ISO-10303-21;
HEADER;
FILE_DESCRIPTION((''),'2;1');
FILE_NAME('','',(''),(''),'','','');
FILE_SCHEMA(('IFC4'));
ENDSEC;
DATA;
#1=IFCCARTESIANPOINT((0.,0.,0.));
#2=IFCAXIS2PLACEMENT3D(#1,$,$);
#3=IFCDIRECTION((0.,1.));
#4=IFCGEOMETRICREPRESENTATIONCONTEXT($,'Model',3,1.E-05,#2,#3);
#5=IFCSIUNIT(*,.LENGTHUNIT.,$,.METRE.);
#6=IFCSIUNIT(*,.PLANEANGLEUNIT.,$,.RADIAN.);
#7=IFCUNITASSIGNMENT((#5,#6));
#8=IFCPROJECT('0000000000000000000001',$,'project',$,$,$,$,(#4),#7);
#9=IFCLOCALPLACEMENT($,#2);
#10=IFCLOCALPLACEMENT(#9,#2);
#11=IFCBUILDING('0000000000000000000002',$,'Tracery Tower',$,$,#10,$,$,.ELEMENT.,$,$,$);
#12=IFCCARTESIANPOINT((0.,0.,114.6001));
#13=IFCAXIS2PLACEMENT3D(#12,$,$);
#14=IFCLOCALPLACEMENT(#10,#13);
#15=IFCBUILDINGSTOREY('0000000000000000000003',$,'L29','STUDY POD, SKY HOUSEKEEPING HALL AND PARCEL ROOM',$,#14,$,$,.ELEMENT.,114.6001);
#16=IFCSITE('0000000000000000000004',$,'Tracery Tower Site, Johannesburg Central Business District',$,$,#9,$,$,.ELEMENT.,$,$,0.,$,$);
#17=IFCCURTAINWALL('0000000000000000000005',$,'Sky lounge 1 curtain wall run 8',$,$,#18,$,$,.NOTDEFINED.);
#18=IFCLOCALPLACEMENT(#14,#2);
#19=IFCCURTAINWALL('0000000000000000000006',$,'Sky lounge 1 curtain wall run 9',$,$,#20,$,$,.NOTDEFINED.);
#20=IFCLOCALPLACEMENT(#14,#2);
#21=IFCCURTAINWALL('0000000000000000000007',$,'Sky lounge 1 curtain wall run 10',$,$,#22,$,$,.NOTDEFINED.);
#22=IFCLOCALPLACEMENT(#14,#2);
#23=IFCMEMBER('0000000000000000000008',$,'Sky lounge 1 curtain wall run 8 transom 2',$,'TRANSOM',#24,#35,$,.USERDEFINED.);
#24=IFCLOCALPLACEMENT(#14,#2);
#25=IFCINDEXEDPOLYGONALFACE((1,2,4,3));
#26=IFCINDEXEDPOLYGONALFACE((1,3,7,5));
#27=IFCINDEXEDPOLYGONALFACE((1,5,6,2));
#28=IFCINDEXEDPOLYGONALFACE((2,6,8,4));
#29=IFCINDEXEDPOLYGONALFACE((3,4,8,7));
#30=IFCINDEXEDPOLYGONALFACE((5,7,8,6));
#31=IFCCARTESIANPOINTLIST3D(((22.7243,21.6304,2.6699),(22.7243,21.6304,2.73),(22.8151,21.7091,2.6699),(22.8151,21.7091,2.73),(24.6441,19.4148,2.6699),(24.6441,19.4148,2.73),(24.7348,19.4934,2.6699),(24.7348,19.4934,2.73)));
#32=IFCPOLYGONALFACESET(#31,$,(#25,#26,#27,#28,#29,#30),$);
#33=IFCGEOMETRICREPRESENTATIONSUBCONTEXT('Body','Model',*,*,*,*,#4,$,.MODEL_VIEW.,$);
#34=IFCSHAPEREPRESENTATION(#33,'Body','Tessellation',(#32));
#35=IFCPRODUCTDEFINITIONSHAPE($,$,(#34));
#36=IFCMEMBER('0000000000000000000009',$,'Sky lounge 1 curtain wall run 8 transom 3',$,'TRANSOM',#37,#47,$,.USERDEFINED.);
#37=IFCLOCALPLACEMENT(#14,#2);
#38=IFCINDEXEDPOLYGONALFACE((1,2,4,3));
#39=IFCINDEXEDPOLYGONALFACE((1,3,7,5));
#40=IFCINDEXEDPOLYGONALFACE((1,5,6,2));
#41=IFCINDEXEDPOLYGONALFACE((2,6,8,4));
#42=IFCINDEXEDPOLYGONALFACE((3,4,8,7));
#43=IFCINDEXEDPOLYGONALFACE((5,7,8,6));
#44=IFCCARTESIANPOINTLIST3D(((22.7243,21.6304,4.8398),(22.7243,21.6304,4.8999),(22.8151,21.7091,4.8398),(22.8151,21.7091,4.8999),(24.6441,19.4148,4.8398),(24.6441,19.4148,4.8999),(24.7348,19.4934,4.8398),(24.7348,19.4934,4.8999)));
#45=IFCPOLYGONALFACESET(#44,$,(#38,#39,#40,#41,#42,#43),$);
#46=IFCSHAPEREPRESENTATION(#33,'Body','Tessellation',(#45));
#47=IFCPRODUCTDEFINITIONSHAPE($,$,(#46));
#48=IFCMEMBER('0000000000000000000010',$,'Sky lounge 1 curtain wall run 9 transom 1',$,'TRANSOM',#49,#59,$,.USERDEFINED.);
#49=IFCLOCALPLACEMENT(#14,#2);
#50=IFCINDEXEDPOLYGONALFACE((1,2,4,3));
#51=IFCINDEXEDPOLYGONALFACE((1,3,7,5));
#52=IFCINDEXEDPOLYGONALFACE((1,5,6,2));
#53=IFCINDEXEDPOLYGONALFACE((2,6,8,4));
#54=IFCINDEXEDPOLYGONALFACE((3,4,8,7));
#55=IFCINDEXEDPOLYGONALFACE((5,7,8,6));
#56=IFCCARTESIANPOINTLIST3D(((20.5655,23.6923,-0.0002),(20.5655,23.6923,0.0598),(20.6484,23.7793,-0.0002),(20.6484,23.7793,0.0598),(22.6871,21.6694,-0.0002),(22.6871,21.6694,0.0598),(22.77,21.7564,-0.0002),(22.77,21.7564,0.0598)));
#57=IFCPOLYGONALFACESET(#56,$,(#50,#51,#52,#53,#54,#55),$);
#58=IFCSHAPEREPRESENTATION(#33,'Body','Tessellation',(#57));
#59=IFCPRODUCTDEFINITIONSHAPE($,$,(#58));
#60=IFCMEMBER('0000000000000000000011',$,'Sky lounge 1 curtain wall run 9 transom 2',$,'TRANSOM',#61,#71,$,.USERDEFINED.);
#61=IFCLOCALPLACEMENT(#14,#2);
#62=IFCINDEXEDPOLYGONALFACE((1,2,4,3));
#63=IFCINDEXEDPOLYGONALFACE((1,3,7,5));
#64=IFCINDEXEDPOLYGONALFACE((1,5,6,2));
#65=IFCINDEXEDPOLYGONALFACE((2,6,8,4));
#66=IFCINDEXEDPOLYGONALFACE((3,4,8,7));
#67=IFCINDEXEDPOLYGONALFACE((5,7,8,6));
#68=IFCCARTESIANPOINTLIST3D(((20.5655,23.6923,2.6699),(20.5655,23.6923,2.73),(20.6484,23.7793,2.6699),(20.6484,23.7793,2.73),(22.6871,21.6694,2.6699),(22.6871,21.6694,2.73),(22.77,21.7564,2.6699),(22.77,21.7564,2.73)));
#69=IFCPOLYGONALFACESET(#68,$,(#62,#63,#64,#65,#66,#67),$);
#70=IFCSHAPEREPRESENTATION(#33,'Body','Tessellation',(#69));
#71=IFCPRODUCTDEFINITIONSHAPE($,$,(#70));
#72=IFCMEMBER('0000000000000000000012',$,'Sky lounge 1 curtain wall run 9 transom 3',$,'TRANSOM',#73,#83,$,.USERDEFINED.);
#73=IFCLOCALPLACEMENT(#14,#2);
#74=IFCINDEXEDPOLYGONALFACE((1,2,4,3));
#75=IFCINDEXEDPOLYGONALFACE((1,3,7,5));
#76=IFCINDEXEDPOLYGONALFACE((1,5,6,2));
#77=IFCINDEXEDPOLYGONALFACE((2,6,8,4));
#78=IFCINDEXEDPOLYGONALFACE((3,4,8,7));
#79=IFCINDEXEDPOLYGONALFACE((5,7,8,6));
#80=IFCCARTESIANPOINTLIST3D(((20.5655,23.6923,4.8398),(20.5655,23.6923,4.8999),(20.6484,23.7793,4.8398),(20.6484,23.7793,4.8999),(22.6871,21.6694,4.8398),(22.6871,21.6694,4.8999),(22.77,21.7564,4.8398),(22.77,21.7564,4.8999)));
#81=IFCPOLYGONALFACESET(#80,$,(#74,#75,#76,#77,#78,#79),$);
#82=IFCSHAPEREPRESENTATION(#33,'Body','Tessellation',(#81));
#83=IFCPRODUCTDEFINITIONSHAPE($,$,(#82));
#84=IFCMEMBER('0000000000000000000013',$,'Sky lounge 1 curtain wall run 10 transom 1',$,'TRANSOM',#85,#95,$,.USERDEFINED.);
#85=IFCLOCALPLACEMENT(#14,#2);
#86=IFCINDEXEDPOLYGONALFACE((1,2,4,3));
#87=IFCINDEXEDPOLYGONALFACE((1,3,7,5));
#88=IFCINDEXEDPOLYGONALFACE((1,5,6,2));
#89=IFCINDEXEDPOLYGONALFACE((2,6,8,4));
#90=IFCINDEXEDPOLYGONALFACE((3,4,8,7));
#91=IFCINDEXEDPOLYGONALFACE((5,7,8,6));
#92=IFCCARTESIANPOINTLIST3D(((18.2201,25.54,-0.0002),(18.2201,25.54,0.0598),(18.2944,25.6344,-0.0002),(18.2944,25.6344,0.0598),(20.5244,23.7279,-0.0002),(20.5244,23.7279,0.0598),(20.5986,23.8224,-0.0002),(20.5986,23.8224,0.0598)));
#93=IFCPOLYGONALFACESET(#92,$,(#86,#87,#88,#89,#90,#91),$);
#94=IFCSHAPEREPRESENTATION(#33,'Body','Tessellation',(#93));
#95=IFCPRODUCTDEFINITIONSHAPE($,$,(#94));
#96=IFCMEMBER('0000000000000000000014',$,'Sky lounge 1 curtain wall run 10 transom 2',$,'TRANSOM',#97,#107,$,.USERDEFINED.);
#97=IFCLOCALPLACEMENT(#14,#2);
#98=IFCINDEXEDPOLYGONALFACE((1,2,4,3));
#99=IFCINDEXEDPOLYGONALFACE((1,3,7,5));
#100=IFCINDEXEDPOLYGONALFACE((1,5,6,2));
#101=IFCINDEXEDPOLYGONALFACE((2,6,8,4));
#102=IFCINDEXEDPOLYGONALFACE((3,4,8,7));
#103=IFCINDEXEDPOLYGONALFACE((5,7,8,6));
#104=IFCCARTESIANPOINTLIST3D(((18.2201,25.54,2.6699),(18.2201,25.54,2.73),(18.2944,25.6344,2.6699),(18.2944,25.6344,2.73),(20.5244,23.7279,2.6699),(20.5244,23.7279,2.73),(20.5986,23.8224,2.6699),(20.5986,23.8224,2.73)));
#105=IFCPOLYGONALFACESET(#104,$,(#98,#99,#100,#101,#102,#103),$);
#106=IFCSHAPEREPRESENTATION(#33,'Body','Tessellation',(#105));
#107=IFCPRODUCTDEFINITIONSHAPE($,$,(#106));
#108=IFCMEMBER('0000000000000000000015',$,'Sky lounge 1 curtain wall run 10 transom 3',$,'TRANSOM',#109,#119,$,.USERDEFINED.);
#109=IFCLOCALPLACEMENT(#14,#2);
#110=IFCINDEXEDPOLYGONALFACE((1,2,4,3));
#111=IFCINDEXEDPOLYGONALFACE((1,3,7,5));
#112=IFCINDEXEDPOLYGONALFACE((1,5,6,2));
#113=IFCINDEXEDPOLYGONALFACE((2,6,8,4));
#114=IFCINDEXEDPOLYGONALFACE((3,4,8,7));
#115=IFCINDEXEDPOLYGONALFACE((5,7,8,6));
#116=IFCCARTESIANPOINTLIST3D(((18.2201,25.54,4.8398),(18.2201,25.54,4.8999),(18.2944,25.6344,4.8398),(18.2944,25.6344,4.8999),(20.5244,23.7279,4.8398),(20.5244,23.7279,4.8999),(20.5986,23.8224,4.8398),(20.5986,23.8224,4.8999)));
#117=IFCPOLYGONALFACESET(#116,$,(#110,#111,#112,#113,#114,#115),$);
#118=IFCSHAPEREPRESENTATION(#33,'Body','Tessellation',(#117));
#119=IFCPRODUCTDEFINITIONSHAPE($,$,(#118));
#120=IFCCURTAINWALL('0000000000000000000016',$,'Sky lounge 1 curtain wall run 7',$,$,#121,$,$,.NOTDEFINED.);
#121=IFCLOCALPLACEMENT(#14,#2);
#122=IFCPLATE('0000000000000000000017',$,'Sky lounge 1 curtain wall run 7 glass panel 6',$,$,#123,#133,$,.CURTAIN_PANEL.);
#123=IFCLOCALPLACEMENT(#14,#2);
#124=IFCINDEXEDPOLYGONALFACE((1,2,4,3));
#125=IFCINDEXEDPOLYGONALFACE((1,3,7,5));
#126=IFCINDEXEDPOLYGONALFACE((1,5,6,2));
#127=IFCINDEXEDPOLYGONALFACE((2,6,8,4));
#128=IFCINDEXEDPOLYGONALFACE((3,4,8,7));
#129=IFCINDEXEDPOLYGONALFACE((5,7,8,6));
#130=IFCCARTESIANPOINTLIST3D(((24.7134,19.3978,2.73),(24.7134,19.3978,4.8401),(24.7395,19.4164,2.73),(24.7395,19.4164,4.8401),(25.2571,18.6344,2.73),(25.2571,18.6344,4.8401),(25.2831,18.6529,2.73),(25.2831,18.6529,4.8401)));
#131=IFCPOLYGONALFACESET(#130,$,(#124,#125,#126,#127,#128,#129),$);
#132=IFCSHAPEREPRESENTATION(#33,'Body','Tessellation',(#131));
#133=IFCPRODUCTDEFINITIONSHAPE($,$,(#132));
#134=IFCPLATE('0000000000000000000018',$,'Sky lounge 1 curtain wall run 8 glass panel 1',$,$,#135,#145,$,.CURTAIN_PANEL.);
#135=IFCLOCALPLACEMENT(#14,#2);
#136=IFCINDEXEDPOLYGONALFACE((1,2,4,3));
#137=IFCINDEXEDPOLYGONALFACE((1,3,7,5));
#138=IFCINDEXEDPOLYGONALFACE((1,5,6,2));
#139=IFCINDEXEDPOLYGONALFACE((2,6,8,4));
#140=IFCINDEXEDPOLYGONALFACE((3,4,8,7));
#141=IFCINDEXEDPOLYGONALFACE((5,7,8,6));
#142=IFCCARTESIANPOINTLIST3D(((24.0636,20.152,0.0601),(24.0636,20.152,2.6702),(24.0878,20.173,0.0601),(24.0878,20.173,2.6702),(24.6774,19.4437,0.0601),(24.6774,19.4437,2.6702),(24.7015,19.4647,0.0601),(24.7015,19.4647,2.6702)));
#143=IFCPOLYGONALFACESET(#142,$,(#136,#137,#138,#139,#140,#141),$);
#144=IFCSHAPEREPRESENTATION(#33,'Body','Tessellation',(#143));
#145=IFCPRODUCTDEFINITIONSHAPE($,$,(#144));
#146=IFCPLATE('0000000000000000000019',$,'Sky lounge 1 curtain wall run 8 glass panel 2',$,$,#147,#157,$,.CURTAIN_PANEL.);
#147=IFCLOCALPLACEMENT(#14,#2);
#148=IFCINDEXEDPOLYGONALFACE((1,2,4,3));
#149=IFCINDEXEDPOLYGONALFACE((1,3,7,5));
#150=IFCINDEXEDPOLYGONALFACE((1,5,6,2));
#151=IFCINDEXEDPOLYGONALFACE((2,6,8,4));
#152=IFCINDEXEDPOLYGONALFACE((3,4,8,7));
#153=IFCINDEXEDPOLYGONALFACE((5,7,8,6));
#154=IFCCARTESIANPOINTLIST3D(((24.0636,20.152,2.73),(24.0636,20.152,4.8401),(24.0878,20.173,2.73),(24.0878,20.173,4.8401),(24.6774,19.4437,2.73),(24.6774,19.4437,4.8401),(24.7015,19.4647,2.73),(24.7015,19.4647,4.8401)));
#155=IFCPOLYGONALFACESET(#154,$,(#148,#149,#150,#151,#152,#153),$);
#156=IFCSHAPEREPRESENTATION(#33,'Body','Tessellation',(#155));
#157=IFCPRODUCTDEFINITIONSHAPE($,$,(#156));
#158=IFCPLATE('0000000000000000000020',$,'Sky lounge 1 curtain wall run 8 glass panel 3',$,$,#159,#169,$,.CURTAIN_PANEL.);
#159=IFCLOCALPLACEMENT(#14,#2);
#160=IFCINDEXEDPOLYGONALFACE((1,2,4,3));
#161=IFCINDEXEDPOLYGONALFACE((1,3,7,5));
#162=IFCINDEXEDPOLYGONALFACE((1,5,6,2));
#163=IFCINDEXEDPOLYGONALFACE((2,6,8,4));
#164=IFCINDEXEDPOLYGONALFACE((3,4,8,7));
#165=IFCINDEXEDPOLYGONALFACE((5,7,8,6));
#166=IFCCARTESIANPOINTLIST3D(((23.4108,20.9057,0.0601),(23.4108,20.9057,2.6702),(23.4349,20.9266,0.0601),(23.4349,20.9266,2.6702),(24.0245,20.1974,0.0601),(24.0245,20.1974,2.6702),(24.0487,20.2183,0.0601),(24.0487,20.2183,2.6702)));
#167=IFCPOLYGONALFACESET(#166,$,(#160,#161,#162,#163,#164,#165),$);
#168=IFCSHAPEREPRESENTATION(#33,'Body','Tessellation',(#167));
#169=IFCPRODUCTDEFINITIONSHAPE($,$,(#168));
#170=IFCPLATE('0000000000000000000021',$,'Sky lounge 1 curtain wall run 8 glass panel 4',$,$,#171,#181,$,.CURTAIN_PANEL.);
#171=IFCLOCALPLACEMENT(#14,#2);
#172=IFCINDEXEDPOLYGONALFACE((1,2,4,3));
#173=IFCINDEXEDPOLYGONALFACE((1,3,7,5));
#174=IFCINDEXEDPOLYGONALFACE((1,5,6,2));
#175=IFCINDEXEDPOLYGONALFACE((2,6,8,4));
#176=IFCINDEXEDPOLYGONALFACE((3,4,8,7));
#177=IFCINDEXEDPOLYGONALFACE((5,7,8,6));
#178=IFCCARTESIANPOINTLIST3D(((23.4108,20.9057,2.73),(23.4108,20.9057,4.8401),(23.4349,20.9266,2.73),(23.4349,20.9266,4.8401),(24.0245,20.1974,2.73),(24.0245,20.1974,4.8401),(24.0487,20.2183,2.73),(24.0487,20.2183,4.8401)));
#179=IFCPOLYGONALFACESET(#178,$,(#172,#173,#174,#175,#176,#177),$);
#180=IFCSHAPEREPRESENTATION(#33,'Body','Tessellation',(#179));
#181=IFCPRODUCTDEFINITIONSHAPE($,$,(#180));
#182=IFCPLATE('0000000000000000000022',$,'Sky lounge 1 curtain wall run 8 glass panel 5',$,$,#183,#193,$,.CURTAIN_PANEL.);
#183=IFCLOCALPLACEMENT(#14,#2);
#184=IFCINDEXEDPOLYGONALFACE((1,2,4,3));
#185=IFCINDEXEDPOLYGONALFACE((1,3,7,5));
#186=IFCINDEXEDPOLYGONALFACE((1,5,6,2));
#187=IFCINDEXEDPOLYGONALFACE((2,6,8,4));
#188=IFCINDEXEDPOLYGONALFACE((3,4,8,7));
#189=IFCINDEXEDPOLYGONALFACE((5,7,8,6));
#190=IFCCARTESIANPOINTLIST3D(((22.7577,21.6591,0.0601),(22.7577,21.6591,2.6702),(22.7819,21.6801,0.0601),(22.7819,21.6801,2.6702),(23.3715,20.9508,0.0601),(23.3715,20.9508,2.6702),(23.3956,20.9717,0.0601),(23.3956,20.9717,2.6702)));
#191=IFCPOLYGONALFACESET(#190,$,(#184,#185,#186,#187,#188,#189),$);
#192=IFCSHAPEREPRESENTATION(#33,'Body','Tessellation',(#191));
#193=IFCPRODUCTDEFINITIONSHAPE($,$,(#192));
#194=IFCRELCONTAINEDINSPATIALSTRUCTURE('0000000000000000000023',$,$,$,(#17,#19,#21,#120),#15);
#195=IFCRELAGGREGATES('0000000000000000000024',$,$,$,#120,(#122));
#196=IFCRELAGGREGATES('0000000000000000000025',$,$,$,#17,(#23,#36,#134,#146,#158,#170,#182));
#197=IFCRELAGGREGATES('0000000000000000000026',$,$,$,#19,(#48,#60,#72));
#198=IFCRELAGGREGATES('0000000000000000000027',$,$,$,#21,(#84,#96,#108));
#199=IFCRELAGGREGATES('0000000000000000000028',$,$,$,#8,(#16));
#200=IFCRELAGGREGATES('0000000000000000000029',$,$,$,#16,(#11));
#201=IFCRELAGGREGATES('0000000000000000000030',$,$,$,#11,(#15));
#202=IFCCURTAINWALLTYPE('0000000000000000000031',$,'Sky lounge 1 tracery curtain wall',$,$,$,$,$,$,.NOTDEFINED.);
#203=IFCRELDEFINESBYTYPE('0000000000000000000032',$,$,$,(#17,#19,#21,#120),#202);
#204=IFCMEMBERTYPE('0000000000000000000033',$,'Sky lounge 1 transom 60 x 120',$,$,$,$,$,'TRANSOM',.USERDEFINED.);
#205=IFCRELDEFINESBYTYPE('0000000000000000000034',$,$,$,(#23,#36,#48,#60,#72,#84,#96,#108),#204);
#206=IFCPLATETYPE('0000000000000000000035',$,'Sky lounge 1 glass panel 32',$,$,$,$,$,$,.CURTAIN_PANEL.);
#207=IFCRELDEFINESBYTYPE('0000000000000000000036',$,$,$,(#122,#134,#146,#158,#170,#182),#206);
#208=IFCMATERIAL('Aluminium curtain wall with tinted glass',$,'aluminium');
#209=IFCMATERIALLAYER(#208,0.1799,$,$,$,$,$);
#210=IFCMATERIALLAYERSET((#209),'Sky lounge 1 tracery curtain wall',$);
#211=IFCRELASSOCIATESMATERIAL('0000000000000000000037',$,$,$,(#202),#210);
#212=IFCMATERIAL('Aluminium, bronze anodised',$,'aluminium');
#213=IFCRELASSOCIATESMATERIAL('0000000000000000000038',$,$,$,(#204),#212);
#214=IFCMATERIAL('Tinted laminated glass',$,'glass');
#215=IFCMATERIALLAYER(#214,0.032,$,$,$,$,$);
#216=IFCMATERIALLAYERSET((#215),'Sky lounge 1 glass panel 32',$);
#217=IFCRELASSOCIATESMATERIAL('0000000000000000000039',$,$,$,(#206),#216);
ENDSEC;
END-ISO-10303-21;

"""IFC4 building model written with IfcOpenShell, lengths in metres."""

from ifc_helpers import new_model, si_unit, direction, frame, origin, origin_2d, place, context, subcontext, project, spatial, rectangle, extrude, material, layer, layer_set, material_profile, profile_set, type_object, element, aggregate, save


model = new_model("IFC4")

# Units and contexts
model_context = context("Model", 3, precision=1e-05, world=origin(), true_north=direction((0.0, 1.0)))
body_context = subcontext(model_context, "Body", "Model", "MODEL_VIEW")
ifc_project = project(units=[si_unit("LENGTHUNIT", "METRE"), si_unit("PLANEANGLEUNIT", "RADIAN")], contexts=[model_context])

# Site, building, storey
site_placement = place(None, origin())
site = spatial("IfcSite", under=ifc_project, at=site_placement, Name="Tracery Tower Site, Johannesburg Central Business District", CompositionType="ELEMENT", RefElevation=0.0)
building_placement = place(site_placement, origin())
building = spatial("IfcBuilding", under=site, at=building_placement, Name="Tracery Tower", CompositionType="ELEMENT")
storey_placement = place(building_placement, frame((0.0, 0.0, 114.6001)))
storey = spatial("IfcBuildingStorey", under=building, at=storey_placement, Name="L29", Description="STUDY POD, SKY HOUSEKEEPING HALL AND PARCEL ROOM", CompositionType="ELEMENT", Elevation=114.6001)

# Curtain walls
ifc_material_1 = material(Name="Aluminium curtain wall with tinted glass", Category="aluminium")
ifc_layer_1 = layer(ifc_material_1, 0.1799)
ifc_layer_set_1 = layer_set([ifc_layer_1], Name="Sky lounge 1 tracery curtain wall")
curtain_wall_type = type_object("IfcCurtainWallType", Name="Sky lounge 1 tracery curtain wall", PredefinedType="NOTDEFINED", material=ifc_layer_set_1)
curtain_wall_1_placement = place(storey_placement, origin())
curtain_wall_1 = element("IfcCurtainWall", 1, at=curtain_wall_1_placement, inside=storey, type_object=curtain_wall_type, Name="Sky lounge 1 curtain wall run 8", PredefinedType="NOTDEFINED")
curtain_wall_2_placement = place(storey_placement, origin())
curtain_wall_2 = element("IfcCurtainWall", 2, at=curtain_wall_2_placement, inside=storey, type_object=curtain_wall_type, Name="Sky lounge 1 curtain wall run 9", PredefinedType="NOTDEFINED")
curtain_wall_3_placement = place(storey_placement, origin())
curtain_wall_3 = element("IfcCurtainWall", 3, at=curtain_wall_3_placement, inside=storey, type_object=curtain_wall_type, Name="Sky lounge 1 curtain wall run 10", PredefinedType="NOTDEFINED")

# Members
ifc_material_2 = material(Name="Aluminium, bronze anodised", Category="aluminium")
ifc_material_profile_1 = material_profile(ifc_material_2, rectangle(XDim=0.1201, YDim=0.0601, at=origin_2d()), Name="AL 60x120")
ifc_profile_set_1 = profile_set([ifc_material_profile_1], Name="Aluminium, bronze anodised")
member_type_1 = type_object("IfcMemberType", Name="Sky lounge 1 transom 60 x 120", ElementType="TRANSOM", PredefinedType="USERDEFINED", material=ifc_profile_set_1)
member_1_placement = place(storey_placement, frame((24.6895, 19.4541, 2.7), z_axis=(-0.654835, 0.755772, 0.0), x_axis=(-0.755772, -0.654835, 0.0)))
member_1 = element("IfcMember", 4, at=member_1_placement, type_object=member_type_1, Name="Sky lounge 1 curtain wall run 8 transom 2", ObjectType="TRANSOM", PredefinedType="USERDEFINED", context=body_context, shape_type="SweptSolid", body=[
    extrude(rectangle(XDim=0.1201, YDim=0.0601, at=origin_2d()), origin(), (0.0, 0.0, 1.0), 2.9316),
])
member_2_placement = place(storey_placement, frame((24.6895, 19.4541, 4.8699), z_axis=(-0.654835, 0.755772, 0.0), x_axis=(-0.755772, -0.654835, 0.0)))
member_2 = element("IfcMember", 5, at=member_2_placement, type_object=member_type_1, Name="Sky lounge 1 curtain wall run 8 transom 3", ObjectType="TRANSOM", PredefinedType="USERDEFINED", context=body_context, shape_type="SweptSolid", body=[
    extrude(rectangle(XDim=0.1201, YDim=0.0601, at=origin_2d()), origin(), (0.0, 0.0, 1.0), 2.9316),
])
member_3_placement = place(storey_placement, frame((22.7285, 21.7129, 0.0298), z_axis=(-0.72373, 0.690083, 0.0), x_axis=(-0.690083, -0.72373, 0.0)))
member_3 = element("IfcMember", 6, at=member_3_placement, type_object=member_type_1, Name="Sky lounge 1 curtain wall run 9 transom 1", ObjectType="TRANSOM", PredefinedType="USERDEFINED", context=body_context, shape_type="SweptSolid", body=[
    extrude(rectangle(XDim=0.1201, YDim=0.0601, at=origin_2d()), origin(), (0.0, 0.0, 1.0), 2.9314),
])
member_4_placement = place(storey_placement, frame((22.7285, 21.7129, 2.7), z_axis=(-0.72373, 0.690083, 0.0), x_axis=(-0.690083, -0.72373, 0.0)))
member_4 = element("IfcMember", 7, at=member_4_placement, type_object=member_type_1, Name="Sky lounge 1 curtain wall run 9 transom 2", ObjectType="TRANSOM", PredefinedType="USERDEFINED", context=body_context, shape_type="SweptSolid", body=[
    extrude(rectangle(XDim=0.1201, YDim=0.0601, at=origin_2d()), origin(), (0.0, 0.0, 1.0), 2.9314),
])
member_5_placement = place(storey_placement, frame((22.7285, 21.7129, 4.8699), z_axis=(-0.72373, 0.690083, 0.0), x_axis=(-0.690083, -0.72373, 0.0)))
member_5 = element("IfcMember", 8, at=member_5_placement, type_object=member_type_1, Name="Sky lounge 1 curtain wall run 9 transom 3", ObjectType="TRANSOM", PredefinedType="USERDEFINED", context=body_context, shape_type="SweptSolid", body=[
    extrude(rectangle(XDim=0.1201, YDim=0.0601, at=origin_2d()), origin(), (0.0, 0.0, 1.0), 2.9314),
])
member_6_placement = place(storey_placement, frame((20.5615, 23.7751, 0.0298), z_axis=(-0.786058, 0.618153, 0.0), x_axis=(-0.618153, -0.786058, 0.0)))
member_6 = element("IfcMember", 9, at=member_6_placement, type_object=member_type_1, Name="Sky lounge 1 curtain wall run 10 transom 1", ObjectType="TRANSOM", PredefinedType="USERDEFINED", context=body_context, shape_type="SweptSolid", body=[
    extrude(rectangle(XDim=0.1201, YDim=0.0601, at=origin_2d()), origin(), (0.0, 0.0, 1.0), 2.9314),
])
member_7_placement = place(storey_placement, frame((20.5615, 23.7751, 2.7), z_axis=(-0.786058, 0.618153, 0.0), x_axis=(-0.618153, -0.786058, 0.0)))
member_7 = element("IfcMember", 10, at=member_7_placement, type_object=member_type_1, Name="Sky lounge 1 curtain wall run 10 transom 2", ObjectType="TRANSOM", PredefinedType="USERDEFINED", context=body_context, shape_type="SweptSolid", body=[
    extrude(rectangle(XDim=0.1201, YDim=0.0601, at=origin_2d()), origin(), (0.0, 0.0, 1.0), 2.9314),
])
member_8_placement = place(storey_placement, frame((20.5615, 23.7751, 4.8699), z_axis=(-0.786058, 0.618153, 0.0), x_axis=(-0.618153, -0.786058, 0.0)))
member_8 = element("IfcMember", 11, at=member_8_placement, type_object=member_type_1, Name="Sky lounge 1 curtain wall run 10 transom 3", ObjectType="TRANSOM", PredefinedType="USERDEFINED", context=body_context, shape_type="SweptSolid", body=[
    extrude(rectangle(XDim=0.1201, YDim=0.0601, at=origin_2d()), origin(), (0.0, 0.0, 1.0), 2.9314),
])

# Curtain wall, plate
curtain_wall_4_placement = place(storey_placement, origin())
curtain_wall_4 = element("IfcCurtainWall", 12, at=curtain_wall_4_placement, inside=storey, type_object=curtain_wall_type, Name="Sky lounge 1 curtain wall run 7", PredefinedType="NOTDEFINED")
ifc_material_3 = material(Name="Tinted laminated glass", Category="glass")
ifc_layer_2 = layer(ifc_material_3, 0.032)
ifc_layer_set_2 = layer_set([ifc_layer_2], Name="Sky lounge 1 glass panel 32")
plate_type = type_object("IfcPlateType", Name="Sky lounge 1 glass panel 32", PredefinedType="CURTAIN_PANEL", material=ifc_layer_set_2)
plate_1_placement = place(storey_placement, frame((24.9983, 19.0254, 2.73), z_axis=(0.0, 0.0, 1.0), x_axis=(-0.580057, 0.814576, 0.0)))
plate_1 = element("IfcPlate", 13, at=plate_1_placement, type_object=plate_type, Name="Sky lounge 1 curtain wall run 7 glass panel 6", PredefinedType="CURTAIN_PANEL", context=body_context, shape_type="SweptSolid", body=[
    extrude(rectangle(XDim=0.9373, YDim=0.032, at=origin_2d()), origin(), (0.0, 0.0, 1.0), 2.1101),
])
aggregate(curtain_wall_4, [plate_1])

# Plates
plate_2_placement = place(storey_placement, frame((24.3826, 19.8083, 0.0601), z_axis=(0.0, 0.0, 1.0), x_axis=(-0.654861, 0.75575, 0.0)))
plate_2 = element("IfcPlate", 14, at=plate_2_placement, type_object=plate_type, Name="Sky lounge 1 curtain wall run 8 glass panel 1", PredefinedType="CURTAIN_PANEL", context=body_context, shape_type="SweptSolid", body=[
    extrude(rectangle(XDim=0.9373, YDim=0.032, at=origin_2d()), origin(), (0.0, 0.0, 1.0), 2.6101),
])
plate_3_placement = place(storey_placement, frame((24.3826, 19.8083, 2.73), z_axis=(0.0, 0.0, 1.0), x_axis=(-0.654861, 0.75575, 0.0)))
plate_3 = element("IfcPlate", 15, at=plate_3_placement, type_object=plate_type, Name="Sky lounge 1 curtain wall run 8 glass panel 2", PredefinedType="CURTAIN_PANEL", context=body_context, shape_type="SweptSolid", body=[
    extrude(rectangle(XDim=0.9373, YDim=0.032, at=origin_2d()), origin(), (0.0, 0.0, 1.0), 2.1101),
])
plate_4_placement = place(storey_placement, frame((23.7297, 20.562, 0.0601), z_axis=(0.0, 0.0, 1.0), x_axis=(-0.654861, 0.75575, 0.0)))
plate_4 = element("IfcPlate", 16, at=plate_4_placement, type_object=plate_type, Name="Sky lounge 1 curtain wall run 8 glass panel 3", PredefinedType="CURTAIN_PANEL", context=body_context, shape_type="SweptSolid", body=[
    extrude(rectangle(XDim=0.9373, YDim=0.032, at=origin_2d()), origin(), (0.0, 0.0, 1.0), 2.6101),
])
plate_5_placement = place(storey_placement, frame((23.7297, 20.562, 2.73), z_axis=(0.0, 0.0, 1.0), x_axis=(-0.654861, 0.75575, 0.0)))
plate_5 = element("IfcPlate", 17, at=plate_5_placement, type_object=plate_type, Name="Sky lounge 1 curtain wall run 8 glass panel 4", PredefinedType="CURTAIN_PANEL", context=body_context, shape_type="SweptSolid", body=[
    extrude(rectangle(XDim=0.9373, YDim=0.032, at=origin_2d()), origin(), (0.0, 0.0, 1.0), 2.1101),
])
plate_6_placement = place(storey_placement, frame((23.0767, 21.3154, 0.0601), z_axis=(0.0, 0.0, 1.0), x_axis=(-0.654861, 0.75575, 0.0)))
plate_6 = element("IfcPlate", 18, at=plate_6_placement, type_object=plate_type, Name="Sky lounge 1 curtain wall run 8 glass panel 5", PredefinedType="CURTAIN_PANEL", context=body_context, shape_type="SweptSolid", body=[
    extrude(rectangle(XDim=0.9373, YDim=0.032, at=origin_2d()), origin(), (0.0, 0.0, 1.0), 2.6101),
])
aggregate(curtain_wall_1, [member_1, member_2, plate_2, plate_3, plate_4, plate_5, plate_6])
aggregate(curtain_wall_2, [member_3, member_4, member_5])
aggregate(curtain_wall_3, [member_6, member_7, member_8])

save(model, "model.ifc")
